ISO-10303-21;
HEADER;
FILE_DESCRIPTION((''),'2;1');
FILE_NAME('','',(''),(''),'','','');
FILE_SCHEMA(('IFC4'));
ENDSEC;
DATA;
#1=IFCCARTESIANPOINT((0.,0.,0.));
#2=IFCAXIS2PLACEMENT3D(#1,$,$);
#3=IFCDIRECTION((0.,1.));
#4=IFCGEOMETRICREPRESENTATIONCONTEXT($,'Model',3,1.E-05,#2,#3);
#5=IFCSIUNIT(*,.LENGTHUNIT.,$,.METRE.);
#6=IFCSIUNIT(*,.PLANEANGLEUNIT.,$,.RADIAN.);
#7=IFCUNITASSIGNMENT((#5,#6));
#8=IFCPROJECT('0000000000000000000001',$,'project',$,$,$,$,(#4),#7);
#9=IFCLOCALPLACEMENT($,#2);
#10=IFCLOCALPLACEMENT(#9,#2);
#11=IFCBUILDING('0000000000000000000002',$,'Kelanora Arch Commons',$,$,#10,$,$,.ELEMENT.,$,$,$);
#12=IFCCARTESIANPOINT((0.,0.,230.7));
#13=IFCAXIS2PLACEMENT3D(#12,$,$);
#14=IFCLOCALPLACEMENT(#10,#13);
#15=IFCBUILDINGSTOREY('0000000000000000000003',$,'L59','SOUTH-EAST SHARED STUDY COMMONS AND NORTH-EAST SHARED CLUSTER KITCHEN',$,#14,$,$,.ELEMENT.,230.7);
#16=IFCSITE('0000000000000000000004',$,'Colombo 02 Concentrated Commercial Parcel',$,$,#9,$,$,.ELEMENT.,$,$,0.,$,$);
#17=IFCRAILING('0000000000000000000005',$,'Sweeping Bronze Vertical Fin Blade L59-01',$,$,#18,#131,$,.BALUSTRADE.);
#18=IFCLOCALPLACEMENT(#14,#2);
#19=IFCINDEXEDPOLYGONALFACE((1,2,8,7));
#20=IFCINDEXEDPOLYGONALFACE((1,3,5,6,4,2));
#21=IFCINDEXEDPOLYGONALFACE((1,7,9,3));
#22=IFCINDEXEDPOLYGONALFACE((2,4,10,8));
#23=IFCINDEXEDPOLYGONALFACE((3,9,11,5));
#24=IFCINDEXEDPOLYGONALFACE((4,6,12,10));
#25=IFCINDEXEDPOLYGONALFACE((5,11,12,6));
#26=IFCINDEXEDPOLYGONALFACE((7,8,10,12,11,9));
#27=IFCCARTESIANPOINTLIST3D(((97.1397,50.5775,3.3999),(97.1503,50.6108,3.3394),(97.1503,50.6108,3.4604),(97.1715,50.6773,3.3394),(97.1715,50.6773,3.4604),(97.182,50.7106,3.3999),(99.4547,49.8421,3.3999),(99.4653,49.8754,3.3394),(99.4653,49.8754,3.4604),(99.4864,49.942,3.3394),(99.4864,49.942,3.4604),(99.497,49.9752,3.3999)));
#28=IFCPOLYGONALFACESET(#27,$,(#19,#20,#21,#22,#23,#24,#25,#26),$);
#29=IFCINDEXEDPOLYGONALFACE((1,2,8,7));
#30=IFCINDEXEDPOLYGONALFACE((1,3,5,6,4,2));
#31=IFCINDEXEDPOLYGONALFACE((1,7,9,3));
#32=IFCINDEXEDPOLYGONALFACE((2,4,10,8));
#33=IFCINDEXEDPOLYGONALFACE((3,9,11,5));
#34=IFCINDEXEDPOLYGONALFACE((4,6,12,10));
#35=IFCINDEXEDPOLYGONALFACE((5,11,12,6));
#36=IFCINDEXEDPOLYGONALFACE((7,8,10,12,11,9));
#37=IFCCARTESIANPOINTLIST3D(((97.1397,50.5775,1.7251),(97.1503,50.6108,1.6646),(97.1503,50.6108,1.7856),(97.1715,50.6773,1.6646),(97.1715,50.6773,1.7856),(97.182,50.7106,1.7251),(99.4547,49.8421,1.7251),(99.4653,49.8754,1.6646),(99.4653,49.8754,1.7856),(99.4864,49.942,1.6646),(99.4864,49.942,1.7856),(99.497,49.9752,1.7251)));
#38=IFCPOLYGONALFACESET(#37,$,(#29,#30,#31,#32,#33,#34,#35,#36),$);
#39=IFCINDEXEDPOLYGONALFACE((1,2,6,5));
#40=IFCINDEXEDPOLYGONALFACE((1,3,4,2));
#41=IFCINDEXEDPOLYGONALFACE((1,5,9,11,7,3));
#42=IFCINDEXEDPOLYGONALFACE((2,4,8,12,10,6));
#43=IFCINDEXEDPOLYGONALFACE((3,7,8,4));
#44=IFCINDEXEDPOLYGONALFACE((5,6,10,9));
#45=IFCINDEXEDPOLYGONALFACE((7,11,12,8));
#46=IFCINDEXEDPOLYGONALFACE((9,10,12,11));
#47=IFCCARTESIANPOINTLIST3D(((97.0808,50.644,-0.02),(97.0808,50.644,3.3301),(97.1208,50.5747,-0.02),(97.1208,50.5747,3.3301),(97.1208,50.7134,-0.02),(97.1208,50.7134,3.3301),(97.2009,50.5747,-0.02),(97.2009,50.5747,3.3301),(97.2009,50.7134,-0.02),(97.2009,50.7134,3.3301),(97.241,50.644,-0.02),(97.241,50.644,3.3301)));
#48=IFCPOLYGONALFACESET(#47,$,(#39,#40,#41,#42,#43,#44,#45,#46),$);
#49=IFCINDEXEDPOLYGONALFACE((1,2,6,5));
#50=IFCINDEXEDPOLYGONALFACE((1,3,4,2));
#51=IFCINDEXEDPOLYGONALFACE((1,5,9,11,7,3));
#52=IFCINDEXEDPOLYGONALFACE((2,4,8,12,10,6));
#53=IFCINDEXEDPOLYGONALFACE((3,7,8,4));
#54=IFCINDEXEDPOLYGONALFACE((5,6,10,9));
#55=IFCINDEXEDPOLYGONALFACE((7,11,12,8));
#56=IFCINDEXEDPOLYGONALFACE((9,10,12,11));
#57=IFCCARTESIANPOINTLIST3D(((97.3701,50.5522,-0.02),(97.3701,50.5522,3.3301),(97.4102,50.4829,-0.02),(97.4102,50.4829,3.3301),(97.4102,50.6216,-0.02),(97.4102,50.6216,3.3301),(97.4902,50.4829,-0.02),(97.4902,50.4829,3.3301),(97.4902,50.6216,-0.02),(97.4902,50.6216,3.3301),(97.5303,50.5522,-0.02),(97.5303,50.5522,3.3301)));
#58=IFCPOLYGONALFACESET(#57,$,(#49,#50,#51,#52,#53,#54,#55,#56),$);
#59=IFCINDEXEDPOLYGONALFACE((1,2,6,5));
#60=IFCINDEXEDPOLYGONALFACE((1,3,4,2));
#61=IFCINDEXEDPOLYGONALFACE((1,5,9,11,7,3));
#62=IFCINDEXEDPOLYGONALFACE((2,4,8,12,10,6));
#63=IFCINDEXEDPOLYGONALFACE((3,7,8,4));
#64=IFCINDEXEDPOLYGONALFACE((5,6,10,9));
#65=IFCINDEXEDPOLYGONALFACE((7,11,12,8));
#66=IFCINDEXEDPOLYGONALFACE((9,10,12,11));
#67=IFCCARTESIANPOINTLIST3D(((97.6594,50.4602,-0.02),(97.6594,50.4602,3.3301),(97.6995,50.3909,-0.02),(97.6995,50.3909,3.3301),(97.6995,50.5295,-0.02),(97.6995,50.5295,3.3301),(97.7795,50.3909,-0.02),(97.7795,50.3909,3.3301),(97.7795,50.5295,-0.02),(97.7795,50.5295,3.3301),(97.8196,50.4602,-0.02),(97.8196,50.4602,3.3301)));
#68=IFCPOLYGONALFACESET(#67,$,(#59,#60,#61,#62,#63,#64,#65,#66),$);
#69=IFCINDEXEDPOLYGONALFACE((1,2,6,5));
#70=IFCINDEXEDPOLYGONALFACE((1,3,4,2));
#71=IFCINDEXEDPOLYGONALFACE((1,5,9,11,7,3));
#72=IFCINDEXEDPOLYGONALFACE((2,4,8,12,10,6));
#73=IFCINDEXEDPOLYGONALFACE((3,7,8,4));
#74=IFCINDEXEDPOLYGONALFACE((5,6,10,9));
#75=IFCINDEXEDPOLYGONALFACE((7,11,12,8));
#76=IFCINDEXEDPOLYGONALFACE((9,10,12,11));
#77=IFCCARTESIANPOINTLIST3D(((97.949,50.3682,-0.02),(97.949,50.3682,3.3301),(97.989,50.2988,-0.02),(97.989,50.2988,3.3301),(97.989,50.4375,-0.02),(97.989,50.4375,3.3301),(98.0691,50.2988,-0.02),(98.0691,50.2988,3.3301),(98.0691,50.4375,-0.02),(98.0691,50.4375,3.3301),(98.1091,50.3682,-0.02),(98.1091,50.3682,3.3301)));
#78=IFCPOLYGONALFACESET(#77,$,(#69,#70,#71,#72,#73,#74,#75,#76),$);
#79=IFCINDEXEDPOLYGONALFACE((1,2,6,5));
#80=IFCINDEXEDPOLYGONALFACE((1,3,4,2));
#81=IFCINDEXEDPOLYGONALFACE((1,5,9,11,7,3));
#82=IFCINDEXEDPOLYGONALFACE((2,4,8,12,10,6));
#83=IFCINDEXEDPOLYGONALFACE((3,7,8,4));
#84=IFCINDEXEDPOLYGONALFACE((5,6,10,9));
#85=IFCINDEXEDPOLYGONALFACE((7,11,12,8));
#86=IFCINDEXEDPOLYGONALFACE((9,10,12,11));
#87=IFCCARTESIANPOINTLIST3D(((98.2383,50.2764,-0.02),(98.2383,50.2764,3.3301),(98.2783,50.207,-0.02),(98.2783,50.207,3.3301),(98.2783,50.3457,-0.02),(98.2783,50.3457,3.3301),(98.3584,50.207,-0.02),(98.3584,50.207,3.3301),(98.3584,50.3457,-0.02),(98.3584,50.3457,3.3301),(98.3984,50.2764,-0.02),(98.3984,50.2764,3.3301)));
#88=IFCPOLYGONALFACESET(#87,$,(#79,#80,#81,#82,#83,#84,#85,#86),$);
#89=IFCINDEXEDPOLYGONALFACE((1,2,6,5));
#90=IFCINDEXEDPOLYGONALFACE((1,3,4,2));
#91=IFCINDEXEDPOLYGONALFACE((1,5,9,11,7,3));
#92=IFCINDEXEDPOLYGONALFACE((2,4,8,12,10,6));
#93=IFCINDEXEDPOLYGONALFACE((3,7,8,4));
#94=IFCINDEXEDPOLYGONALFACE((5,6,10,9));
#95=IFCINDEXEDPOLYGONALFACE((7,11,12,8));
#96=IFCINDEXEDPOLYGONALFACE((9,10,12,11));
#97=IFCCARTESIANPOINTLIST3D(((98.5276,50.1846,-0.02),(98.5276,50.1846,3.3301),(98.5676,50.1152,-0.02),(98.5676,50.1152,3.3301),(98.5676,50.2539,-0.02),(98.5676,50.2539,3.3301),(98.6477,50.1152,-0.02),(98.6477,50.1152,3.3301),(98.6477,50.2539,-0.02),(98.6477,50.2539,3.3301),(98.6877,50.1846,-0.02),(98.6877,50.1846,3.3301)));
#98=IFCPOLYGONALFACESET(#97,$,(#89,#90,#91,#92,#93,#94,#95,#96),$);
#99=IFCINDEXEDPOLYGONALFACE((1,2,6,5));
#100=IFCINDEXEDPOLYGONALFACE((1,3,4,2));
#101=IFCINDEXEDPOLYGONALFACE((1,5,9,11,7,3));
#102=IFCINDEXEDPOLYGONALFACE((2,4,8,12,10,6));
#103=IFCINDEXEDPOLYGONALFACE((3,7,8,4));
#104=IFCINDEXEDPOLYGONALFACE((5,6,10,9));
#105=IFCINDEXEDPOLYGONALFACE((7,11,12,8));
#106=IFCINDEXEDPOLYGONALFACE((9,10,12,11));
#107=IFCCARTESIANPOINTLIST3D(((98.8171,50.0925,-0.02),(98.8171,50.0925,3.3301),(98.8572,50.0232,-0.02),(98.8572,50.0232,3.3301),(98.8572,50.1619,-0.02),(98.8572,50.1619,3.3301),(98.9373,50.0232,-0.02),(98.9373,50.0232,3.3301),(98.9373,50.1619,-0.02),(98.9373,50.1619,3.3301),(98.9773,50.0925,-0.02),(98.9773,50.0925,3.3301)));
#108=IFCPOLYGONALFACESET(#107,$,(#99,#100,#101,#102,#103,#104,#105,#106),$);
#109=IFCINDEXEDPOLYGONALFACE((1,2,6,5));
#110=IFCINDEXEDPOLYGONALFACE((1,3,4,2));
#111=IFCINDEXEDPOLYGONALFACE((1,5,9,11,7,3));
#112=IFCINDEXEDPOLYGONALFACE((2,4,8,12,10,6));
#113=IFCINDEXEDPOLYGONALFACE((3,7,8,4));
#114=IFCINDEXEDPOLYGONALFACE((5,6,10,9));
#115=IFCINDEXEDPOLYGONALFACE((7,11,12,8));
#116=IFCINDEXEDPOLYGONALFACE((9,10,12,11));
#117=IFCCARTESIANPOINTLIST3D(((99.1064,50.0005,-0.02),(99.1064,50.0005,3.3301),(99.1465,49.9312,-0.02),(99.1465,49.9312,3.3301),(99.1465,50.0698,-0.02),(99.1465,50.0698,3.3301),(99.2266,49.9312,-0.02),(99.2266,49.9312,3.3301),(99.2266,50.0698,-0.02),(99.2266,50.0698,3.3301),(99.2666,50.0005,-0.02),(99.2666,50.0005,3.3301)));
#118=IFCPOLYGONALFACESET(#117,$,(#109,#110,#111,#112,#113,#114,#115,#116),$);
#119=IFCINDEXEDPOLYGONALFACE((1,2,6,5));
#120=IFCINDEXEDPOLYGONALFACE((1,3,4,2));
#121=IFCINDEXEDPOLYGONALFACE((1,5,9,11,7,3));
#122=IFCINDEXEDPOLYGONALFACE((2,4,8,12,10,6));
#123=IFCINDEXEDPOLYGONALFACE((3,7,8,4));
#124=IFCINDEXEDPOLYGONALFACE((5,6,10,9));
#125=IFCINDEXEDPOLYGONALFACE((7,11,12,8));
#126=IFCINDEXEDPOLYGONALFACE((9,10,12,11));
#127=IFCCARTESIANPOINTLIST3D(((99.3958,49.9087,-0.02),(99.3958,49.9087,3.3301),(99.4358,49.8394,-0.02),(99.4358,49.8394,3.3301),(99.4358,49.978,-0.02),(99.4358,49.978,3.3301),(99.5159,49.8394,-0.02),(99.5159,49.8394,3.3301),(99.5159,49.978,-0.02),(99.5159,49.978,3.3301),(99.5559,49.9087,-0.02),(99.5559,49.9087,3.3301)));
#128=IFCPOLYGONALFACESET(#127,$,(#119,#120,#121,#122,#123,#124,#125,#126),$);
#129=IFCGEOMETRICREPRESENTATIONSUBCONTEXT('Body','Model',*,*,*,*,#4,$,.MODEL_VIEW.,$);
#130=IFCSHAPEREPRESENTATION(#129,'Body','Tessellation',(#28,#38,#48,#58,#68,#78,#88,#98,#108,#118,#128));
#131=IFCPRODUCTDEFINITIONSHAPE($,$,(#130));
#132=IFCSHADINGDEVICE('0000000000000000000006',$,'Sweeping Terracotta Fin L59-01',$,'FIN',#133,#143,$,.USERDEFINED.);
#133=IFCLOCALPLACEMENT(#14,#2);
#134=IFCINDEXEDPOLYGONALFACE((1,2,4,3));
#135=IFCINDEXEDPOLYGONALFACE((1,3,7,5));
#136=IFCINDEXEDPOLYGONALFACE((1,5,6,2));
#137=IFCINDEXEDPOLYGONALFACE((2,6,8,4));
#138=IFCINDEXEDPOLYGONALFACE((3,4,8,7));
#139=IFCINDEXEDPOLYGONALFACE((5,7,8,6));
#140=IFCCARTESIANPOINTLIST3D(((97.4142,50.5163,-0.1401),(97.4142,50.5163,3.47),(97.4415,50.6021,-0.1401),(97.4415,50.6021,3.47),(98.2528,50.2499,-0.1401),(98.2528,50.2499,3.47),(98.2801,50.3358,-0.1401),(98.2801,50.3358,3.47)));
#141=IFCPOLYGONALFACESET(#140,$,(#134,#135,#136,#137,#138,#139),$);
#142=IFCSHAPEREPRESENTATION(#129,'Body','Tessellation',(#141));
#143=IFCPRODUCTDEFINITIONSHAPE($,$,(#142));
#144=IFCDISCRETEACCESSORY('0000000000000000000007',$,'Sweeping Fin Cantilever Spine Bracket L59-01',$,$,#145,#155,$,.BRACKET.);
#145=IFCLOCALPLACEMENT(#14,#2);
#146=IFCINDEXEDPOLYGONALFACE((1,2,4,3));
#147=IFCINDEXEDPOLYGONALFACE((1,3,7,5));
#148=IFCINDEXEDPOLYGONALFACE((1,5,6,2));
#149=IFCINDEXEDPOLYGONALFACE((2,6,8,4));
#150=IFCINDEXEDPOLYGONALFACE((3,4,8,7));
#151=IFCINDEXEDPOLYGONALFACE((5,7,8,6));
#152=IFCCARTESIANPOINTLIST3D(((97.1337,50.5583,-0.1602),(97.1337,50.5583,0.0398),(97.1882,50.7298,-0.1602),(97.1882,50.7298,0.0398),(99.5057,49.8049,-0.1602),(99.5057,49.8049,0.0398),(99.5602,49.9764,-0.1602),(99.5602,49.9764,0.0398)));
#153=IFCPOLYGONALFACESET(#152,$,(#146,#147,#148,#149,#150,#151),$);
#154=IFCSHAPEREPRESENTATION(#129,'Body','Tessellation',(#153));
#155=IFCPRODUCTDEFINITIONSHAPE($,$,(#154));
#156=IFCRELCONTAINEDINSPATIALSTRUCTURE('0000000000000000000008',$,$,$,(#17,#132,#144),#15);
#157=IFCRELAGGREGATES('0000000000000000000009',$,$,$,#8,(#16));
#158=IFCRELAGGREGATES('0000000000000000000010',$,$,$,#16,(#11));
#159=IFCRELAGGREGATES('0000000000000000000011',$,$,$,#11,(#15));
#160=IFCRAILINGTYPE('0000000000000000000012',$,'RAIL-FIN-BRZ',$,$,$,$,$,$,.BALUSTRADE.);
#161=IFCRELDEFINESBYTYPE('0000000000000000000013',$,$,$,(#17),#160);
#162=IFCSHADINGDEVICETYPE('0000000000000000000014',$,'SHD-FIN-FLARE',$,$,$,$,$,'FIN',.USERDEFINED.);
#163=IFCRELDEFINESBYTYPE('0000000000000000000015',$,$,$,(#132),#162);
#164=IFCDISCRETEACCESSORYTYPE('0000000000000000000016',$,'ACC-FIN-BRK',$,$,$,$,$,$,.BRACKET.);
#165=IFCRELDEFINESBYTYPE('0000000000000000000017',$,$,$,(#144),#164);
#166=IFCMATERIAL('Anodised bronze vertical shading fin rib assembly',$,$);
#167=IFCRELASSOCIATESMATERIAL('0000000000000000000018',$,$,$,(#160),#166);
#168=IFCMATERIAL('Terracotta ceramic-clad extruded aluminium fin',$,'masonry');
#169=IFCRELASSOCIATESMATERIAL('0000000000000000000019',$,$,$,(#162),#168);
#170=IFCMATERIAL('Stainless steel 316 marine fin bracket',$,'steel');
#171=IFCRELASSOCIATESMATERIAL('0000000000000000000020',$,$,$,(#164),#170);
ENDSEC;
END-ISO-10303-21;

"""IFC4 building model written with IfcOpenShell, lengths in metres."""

from ifc_helpers import new_model, si_unit, direction, frame, origin, origin_2d, place, context, subcontext, project, spatial, polyline, rectangle, outline, extrude, source, transform, mapped, material, type_object, element, save


model = new_model("IFC4")

# Units and contexts
model_context = context("Model", 3, precision=1e-05, world=origin(), true_north=direction((0.0, 1.0)))
body_context = subcontext(model_context, "Body", "Model", "MODEL_VIEW")
ifc_project = project(units=[si_unit("LENGTHUNIT", "METRE"), si_unit("PLANEANGLEUNIT", "RADIAN")], contexts=[model_context])

# Site, building, storey
site_placement = place(None, origin())
site = spatial("IfcSite", under=ifc_project, at=site_placement, Name="Colombo 02 Concentrated Commercial Parcel", CompositionType="ELEMENT", RefElevation=0.0)
building_placement = place(site_placement, origin())
building = spatial("IfcBuilding", under=site, at=building_placement, Name="Kelanora Arch Commons", CompositionType="ELEMENT")
storey_placement = place(building_placement, frame((0.0, 0.0, 230.7)))
storey = spatial("IfcBuildingStorey", under=building, at=storey_placement, Name="L59", Description="SOUTH-EAST SHARED STUDY COMMONS AND NORTH-EAST SHARED CLUSTER KITCHEN", CompositionType="ELEMENT", Elevation=230.7)

# Railing
ifc_material_1 = material(Name="Anodised bronze vertical shading fin rib assembly")
railing_type = type_object("IfcRailingType", Name="RAIL-FIN-BRZ", PredefinedType="BALUSTRADE", material=ifc_material_1)
railing_placement = place(storey_placement, frame((97.1609, 50.644, -0.02)))
element("IfcRailing", 1, at=railing_placement, inside=storey, type_object=railing_type, Name="Sweeping Bronze Vertical Fin Blade L59-01", PredefinedType="BALUSTRADE", context=body_context, shape_type="SweptSolid", body=[
    extrude(outline(polyline([(0.0698, 0.0), (0.0349, 0.0605), (-0.0349, 0.0605), (-0.0698, 0.0), (-0.0349, -0.0605), (0.0349, -0.0605), (0.0698, 0.0)])), frame((0.0, 0.0, 3.4199), z_axis=(0.953071, -0.302747, 0.0), x_axis=(0.302747, 0.953071, 0.0)), (0.0, 0.0, 1.0), 2.429),
    extrude(outline(polyline([(0.0698, 0.0), (0.0349, 0.0605), (-0.0349, 0.0605), (-0.0698, 0.0), (-0.0349, -0.0605), (0.0349, -0.0605), (0.0698, 0.0)])), frame((0.0, 0.0, 1.7451), z_axis=(0.953071, -0.302747, 0.0), x_axis=(0.302747, 0.953071, 0.0)), (0.0, 0.0, 1.0), 2.429),
    extrude(outline(polyline([(0.0801, 0.0), (0.04, 0.0693), (-0.04, 0.0693), (-0.0801, 0.0), (-0.04, -0.0693), (0.04, -0.0693), (0.0801, 0.0)])), origin(), (0.0, 0.0, 1.0), 3.3501),
    extrude(outline(polyline([(0.0801, 0.0), (0.04, 0.0693), (-0.04, 0.0693), (-0.0801, 0.0), (-0.04, -0.0693), (0.04, -0.0693), (0.0801, 0.0)])), frame((0.2893, -0.0918, 0.0)), (0.0, 0.0, 1.0), 3.3501),
    extrude(outline(polyline([(0.0801, 0.0), (0.04, 0.0693), (-0.04, 0.0693), (-0.0801, 0.0), (-0.04, -0.0693), (0.04, -0.0693), (0.0801, 0.0)])), frame((0.5786, -0.1838, 0.0)), (0.0, 0.0, 1.0), 3.3501),
    extrude(outline(polyline([(0.0801, 0.0), (0.04, 0.0693), (-0.04, 0.0693), (-0.0801, 0.0), (-0.04, -0.0693), (0.04, -0.0693), (0.0801, 0.0)])), frame((0.8682, -0.2759, 0.0)), (0.0, 0.0, 1.0), 3.3501),
    extrude(outline(polyline([(0.0801, 0.0), (0.04, 0.0693), (-0.04, 0.0693), (-0.0801, 0.0), (-0.04, -0.0693), (0.04, -0.0693), (0.0801, 0.0)])), frame((1.1575, -0.3677, 0.0)), (0.0, 0.0, 1.0), 3.3501),
    extrude(outline(polyline([(0.0801, 0.0), (0.04, 0.0693), (-0.04, 0.0693), (-0.0801, 0.0), (-0.04, -0.0693), (0.04, -0.0693), (0.0801, 0.0)])), frame((1.4468, -0.4595, 0.0)), (0.0, 0.0, 1.0), 3.3501),
    extrude(outline(polyline([(0.0801, 0.0), (0.04, 0.0693), (-0.04, 0.0693), (-0.0801, 0.0), (-0.04, -0.0693), (0.04, -0.0693), (0.0801, 0.0)])), frame((1.7363, -0.5515, 0.0)), (0.0, 0.0, 1.0), 3.3501),
    extrude(outline(polyline([(0.0801, 0.0), (0.04, 0.0693), (-0.04, 0.0693), (-0.0801, 0.0), (-0.04, -0.0693), (0.04, -0.0693), (0.0801, 0.0)])), frame((2.0256, -0.6436, 0.0)), (0.0, 0.0, 1.0), 3.3501),
    extrude(outline(polyline([(0.0801, 0.0), (0.04, 0.0693), (-0.04, 0.0693), (-0.0801, 0.0), (-0.04, -0.0693), (0.04, -0.0693), (0.0801, 0.0)])), frame((2.3149, -0.7354, 0.0)), (0.0, 0.0, 1.0), 3.3501),
])

# Shading device
ifc_material_2 = material(Name="Terracotta ceramic-clad extruded aluminium fin", Category="masonry")
shading_device_type = type_object("IfcShadingDeviceType", Name="SHD-FIN-FLARE", ElementType="FIN", PredefinedType="USERDEFINED", material=ifc_material_2)
shared_shape_1 = source(origin(), body_context, "Body", "SweptSolid", [
    extrude(rectangle(XDim=0.8799, YDim=0.0901, at=origin_2d()), origin(), (0.0, 0.0, 1.0), 3.6101),
])
shading_device_placement = place(storey_placement, frame((97.8472, 50.426, -0.1401), z_axis=(0.0, 0.0, 1.0), x_axis=(0.953085, -0.302703, 0.0)))
element("IfcShadingDevice", 2, at=shading_device_placement, inside=storey, type_object=shading_device_type, Name="Sweeping Terracotta Fin L59-01", ObjectType="FIN", PredefinedType="USERDEFINED", context=body_context, shape_type="MappedRepresentation", body=[
    mapped(shared_shape_1, transform((0.0, 0.0, 0.0), scale=1.0)),
])

# Discrete accessory
ifc_material_3 = material(Name="Stainless steel 316 marine fin bracket", Category="steel")
discrete_accessory_type = type_object("IfcDiscreteAccessoryType", Name="ACC-FIN-BRK", PredefinedType="BRACKET", material=ifc_material_3)
shared_shape_2 = source(origin(), body_context, "Body", "SweptSolid", [
    extrude(rectangle(XDim=2.4888, YDim=0.1799, at=origin_2d()), origin(), (0.0, 0.0, 1.0), 0.2),
])
discrete_accessory_placement = place(storey_placement, frame((98.3469, 50.2673, -0.1602), z_axis=(0.0, 0.0, 1.0), x_axis=(0.953085, -0.302703, 0.0)))
element("IfcDiscreteAccessory", 3, at=discrete_accessory_placement, inside=storey, type_object=discrete_accessory_type, Name="Sweeping Fin Cantilever Spine Bracket L59-01", PredefinedType="BRACKET", context=body_context, shape_type="MappedRepresentation", body=[
    mapped(shared_shape_2, transform((0.0, 0.0, 0.0), scale=1.0)),
])

save(model, "model.ifc")
